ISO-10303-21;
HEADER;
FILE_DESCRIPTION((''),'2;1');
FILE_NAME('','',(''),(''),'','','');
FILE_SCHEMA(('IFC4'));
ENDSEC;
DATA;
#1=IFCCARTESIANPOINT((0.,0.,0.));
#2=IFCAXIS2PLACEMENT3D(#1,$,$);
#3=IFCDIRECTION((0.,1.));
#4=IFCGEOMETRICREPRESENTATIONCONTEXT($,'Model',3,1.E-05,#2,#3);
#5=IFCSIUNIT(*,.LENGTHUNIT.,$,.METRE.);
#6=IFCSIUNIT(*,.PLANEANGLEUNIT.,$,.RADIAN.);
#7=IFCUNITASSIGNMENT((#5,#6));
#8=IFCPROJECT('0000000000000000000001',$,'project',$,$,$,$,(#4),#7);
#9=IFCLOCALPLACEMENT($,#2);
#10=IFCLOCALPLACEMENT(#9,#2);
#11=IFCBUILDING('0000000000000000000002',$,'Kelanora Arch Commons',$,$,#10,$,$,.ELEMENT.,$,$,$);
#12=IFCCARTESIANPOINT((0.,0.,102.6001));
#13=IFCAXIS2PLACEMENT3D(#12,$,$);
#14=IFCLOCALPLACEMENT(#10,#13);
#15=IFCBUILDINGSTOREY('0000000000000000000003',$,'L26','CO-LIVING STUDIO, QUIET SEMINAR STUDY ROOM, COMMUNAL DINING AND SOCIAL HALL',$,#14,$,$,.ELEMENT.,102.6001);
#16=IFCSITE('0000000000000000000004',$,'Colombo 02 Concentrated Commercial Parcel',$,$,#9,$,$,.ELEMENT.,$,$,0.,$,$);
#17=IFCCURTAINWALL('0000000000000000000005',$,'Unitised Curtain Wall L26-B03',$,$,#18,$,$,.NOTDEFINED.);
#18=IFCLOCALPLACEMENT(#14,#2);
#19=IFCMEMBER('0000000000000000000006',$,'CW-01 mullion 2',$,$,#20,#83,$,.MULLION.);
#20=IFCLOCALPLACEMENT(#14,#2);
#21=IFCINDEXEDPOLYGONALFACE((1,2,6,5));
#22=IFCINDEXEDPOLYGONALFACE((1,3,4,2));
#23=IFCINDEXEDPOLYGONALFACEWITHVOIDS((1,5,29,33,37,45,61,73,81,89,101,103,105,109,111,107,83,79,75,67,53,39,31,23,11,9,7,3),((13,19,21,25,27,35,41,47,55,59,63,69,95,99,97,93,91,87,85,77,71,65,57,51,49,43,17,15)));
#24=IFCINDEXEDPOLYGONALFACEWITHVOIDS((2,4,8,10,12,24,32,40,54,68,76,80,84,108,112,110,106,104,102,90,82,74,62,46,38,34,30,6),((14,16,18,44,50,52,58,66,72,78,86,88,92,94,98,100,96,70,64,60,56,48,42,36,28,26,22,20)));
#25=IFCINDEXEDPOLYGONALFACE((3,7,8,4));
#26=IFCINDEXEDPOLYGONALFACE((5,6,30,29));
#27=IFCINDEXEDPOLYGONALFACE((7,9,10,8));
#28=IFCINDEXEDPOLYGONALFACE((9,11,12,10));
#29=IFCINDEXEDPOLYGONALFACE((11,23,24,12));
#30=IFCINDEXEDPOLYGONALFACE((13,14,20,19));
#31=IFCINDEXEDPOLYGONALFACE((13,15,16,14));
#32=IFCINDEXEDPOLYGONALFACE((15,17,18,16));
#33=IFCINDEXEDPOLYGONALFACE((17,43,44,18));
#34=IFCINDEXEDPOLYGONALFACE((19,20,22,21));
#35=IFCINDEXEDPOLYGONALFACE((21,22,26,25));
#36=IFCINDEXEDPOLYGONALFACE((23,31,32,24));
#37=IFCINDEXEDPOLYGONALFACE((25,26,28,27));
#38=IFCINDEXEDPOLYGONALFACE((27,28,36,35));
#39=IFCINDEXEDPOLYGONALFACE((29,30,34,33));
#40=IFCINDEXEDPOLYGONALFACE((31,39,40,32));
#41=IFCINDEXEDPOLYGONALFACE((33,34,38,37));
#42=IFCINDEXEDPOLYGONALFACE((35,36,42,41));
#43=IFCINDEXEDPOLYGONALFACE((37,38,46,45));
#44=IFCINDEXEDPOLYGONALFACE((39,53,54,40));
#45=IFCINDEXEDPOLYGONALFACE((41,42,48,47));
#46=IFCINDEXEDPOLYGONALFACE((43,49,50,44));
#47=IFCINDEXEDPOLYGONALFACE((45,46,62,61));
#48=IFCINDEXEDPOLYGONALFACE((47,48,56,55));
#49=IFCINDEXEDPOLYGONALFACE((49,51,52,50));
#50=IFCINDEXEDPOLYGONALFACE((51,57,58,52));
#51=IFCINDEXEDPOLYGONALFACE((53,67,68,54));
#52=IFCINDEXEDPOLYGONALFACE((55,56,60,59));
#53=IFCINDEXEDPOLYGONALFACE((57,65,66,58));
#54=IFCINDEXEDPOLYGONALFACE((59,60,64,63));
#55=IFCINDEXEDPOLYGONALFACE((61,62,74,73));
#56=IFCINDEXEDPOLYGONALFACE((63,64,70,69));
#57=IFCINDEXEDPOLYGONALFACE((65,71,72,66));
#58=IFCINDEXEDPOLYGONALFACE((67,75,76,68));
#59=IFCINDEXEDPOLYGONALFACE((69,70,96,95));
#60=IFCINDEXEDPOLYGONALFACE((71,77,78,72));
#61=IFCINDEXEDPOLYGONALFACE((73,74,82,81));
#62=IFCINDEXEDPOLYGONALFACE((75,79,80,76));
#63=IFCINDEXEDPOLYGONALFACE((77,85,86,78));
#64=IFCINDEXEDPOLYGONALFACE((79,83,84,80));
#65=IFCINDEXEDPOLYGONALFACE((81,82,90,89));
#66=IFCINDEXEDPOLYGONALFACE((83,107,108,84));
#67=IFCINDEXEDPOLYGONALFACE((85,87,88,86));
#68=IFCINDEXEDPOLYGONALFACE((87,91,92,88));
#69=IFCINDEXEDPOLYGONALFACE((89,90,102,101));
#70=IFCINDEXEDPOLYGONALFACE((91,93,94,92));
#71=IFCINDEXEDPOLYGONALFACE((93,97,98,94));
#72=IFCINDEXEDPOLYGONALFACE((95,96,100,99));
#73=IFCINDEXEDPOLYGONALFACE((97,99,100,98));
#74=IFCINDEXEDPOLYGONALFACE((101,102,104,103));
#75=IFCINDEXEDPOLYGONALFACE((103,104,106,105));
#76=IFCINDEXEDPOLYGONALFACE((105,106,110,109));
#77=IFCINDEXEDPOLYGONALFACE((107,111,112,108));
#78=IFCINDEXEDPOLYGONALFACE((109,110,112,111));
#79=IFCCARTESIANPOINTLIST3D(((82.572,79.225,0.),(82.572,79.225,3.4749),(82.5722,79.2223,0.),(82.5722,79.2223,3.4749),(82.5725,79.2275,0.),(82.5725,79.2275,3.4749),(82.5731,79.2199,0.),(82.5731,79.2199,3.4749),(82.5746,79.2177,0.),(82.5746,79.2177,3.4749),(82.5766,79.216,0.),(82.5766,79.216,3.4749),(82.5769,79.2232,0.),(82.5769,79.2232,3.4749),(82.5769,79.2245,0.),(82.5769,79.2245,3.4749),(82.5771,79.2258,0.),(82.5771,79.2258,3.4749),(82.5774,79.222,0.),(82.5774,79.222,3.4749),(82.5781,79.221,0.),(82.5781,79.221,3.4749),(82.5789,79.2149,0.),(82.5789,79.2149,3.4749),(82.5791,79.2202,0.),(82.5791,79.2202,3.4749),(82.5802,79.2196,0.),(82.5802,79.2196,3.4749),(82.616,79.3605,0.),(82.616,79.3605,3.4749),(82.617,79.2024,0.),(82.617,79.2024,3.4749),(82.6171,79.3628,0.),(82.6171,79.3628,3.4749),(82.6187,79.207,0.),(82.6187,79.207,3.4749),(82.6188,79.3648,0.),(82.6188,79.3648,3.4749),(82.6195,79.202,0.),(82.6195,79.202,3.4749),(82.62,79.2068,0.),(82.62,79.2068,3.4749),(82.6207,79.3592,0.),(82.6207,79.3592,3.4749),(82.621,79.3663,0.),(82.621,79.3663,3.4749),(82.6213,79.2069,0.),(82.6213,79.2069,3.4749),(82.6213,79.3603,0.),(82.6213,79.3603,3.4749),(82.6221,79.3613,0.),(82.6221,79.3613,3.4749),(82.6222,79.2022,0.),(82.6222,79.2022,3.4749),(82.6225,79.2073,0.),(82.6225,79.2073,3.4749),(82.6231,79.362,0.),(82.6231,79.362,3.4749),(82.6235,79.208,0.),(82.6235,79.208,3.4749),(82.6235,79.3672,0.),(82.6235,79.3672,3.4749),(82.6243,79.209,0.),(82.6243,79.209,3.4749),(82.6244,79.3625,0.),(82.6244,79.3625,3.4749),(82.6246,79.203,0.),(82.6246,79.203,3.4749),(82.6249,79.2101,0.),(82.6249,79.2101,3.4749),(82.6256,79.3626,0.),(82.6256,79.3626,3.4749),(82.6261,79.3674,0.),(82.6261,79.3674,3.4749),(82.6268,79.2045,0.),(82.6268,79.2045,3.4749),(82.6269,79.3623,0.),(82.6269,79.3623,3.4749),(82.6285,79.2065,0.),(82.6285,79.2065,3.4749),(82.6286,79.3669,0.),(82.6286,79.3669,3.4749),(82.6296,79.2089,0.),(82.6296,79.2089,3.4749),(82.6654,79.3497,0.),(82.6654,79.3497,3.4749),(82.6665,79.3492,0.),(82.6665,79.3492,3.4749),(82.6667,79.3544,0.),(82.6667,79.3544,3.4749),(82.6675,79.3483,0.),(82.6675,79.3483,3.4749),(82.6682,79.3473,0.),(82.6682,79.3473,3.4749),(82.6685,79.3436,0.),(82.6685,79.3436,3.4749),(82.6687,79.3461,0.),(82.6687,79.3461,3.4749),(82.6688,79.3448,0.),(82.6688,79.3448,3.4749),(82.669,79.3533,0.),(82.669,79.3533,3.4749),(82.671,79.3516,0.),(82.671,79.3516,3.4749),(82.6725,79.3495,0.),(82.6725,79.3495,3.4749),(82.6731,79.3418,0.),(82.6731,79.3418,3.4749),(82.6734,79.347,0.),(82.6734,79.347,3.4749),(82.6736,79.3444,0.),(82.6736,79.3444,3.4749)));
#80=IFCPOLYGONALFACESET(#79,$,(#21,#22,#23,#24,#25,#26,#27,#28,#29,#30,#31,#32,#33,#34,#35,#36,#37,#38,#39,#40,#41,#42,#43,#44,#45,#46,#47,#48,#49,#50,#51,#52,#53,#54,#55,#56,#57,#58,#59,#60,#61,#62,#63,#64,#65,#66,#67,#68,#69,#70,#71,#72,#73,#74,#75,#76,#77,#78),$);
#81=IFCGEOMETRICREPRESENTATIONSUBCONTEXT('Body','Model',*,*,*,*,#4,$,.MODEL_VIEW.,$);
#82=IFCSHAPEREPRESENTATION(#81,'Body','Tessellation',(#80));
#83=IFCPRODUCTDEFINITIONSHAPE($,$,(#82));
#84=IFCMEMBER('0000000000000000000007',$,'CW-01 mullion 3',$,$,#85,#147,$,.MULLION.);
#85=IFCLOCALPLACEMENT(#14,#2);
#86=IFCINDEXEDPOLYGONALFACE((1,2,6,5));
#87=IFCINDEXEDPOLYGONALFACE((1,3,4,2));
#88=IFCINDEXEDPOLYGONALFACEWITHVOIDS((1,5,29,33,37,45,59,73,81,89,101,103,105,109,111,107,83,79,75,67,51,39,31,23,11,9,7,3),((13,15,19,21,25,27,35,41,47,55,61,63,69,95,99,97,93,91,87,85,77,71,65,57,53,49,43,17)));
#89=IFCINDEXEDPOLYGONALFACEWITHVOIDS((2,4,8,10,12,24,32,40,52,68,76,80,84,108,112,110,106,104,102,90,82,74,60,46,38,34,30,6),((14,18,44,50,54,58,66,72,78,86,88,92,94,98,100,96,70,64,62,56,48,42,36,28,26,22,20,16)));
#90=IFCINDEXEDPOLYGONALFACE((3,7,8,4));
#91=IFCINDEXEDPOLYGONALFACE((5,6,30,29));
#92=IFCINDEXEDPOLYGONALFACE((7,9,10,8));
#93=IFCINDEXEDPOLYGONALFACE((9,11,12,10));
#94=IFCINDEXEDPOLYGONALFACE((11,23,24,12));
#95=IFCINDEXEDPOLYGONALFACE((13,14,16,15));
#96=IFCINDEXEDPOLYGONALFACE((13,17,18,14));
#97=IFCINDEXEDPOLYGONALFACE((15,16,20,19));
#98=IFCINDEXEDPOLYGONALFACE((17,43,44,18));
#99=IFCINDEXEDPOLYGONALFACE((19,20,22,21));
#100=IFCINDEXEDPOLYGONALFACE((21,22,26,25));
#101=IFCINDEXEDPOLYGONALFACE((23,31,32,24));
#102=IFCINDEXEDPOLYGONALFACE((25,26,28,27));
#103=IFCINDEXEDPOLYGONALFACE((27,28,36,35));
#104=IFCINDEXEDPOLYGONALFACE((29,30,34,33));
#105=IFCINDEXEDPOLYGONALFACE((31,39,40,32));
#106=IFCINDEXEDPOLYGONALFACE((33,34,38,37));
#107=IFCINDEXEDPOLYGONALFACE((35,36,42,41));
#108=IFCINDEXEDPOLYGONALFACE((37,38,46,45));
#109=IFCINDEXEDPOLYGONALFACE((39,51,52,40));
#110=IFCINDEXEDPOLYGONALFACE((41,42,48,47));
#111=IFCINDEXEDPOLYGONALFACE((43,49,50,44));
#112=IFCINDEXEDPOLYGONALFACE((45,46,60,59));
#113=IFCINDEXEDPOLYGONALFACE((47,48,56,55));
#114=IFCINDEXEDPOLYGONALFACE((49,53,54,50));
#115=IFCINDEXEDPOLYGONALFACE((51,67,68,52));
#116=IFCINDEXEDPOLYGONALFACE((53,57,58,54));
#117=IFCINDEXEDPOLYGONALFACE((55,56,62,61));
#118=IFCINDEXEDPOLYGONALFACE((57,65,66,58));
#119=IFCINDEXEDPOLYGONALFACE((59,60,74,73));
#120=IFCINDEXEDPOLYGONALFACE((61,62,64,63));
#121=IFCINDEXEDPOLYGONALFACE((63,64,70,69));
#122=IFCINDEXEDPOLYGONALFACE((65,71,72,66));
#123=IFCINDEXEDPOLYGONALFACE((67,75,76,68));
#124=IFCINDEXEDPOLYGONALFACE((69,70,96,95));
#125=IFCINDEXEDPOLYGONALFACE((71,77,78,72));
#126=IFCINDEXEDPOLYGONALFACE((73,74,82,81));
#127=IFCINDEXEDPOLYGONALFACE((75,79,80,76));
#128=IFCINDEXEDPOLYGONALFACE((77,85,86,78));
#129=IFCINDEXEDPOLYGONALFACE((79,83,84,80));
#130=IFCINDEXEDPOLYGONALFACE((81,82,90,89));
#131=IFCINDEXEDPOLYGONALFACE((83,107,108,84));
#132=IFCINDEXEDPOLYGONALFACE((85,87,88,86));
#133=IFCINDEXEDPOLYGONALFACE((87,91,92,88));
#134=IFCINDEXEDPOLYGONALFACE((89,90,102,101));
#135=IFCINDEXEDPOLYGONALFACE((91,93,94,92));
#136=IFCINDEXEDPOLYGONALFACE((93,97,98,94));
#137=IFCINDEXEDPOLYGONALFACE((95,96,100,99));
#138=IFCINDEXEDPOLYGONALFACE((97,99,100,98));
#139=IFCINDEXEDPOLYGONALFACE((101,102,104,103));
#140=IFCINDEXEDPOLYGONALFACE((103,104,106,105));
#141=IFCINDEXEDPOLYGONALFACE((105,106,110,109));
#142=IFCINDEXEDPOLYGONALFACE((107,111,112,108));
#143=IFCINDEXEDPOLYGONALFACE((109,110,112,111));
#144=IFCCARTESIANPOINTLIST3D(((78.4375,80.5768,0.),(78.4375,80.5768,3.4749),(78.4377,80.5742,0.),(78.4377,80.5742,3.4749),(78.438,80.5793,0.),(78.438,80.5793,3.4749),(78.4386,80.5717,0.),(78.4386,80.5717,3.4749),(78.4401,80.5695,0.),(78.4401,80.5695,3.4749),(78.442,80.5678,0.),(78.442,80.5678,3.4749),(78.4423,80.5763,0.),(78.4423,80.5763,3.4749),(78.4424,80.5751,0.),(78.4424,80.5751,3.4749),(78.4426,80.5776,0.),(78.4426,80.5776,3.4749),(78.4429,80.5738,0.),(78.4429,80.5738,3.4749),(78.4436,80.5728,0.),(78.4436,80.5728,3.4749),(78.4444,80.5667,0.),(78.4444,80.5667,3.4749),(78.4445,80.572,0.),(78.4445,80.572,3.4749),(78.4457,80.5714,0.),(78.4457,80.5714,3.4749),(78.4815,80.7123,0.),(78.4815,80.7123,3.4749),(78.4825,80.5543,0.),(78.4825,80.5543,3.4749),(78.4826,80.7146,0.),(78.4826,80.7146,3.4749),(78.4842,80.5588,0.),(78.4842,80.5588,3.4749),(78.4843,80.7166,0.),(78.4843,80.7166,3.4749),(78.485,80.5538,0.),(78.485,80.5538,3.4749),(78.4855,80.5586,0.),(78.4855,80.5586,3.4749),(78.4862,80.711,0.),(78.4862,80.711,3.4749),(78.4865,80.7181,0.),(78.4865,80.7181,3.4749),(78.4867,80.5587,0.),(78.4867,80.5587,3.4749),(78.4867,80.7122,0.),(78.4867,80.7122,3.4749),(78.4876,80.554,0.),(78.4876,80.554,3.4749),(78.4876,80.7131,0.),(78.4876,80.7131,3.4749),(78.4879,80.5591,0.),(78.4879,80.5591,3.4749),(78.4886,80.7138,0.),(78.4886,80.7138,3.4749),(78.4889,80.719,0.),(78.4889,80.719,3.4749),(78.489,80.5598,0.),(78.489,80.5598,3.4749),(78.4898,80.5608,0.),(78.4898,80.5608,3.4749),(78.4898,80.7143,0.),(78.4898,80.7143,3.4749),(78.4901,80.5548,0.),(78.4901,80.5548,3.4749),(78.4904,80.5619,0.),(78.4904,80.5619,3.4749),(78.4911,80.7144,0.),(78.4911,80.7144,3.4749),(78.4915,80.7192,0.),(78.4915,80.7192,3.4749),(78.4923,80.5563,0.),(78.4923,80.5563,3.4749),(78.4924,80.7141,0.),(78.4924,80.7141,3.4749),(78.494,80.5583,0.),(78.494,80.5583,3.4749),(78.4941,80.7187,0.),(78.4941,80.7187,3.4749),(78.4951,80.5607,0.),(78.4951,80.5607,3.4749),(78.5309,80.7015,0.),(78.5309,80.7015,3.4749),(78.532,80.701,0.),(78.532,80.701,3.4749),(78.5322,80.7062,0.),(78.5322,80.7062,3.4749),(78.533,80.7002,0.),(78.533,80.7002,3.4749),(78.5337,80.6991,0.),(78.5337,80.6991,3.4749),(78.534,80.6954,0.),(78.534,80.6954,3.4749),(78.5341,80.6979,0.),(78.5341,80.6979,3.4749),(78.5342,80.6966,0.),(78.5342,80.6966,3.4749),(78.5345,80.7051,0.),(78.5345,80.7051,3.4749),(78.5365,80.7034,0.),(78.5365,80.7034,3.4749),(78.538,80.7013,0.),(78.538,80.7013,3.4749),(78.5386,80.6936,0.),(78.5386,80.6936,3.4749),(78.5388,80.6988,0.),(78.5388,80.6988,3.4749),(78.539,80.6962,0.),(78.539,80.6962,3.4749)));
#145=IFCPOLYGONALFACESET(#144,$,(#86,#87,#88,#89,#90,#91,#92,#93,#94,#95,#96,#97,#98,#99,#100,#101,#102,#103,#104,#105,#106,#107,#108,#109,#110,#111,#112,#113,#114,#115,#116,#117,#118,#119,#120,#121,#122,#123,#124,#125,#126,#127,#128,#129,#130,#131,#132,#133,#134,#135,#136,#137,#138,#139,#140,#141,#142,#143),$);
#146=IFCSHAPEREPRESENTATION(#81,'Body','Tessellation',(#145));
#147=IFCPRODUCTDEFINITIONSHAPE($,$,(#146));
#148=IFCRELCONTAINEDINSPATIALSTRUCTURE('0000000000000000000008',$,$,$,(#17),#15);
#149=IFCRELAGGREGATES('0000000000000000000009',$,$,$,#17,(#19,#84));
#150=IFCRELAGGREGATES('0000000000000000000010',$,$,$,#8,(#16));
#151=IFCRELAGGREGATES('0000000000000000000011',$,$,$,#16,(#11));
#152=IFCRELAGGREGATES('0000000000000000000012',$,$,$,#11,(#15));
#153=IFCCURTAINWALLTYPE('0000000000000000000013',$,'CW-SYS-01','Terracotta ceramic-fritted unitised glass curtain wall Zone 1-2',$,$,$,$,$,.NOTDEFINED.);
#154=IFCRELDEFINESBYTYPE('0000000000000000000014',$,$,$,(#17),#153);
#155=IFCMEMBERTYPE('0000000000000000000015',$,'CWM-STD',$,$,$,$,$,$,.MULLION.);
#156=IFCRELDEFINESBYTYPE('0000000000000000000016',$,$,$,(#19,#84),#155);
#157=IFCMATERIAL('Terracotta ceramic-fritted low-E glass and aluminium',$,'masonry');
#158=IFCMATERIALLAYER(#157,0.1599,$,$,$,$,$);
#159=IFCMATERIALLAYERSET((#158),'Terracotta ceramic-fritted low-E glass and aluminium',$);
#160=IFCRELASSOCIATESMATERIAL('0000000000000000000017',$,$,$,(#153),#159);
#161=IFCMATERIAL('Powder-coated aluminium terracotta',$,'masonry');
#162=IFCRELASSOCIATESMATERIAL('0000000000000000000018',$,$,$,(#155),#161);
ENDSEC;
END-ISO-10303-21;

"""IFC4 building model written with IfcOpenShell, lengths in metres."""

from ifc_helpers import new_model, si_unit, direction, frame, origin, origin_2d, place, context, subcontext, project, spatial, hollow_rectangle, extrude, material, layer, layer_set, material_profile, profile_set, type_object, element, aggregate, save


model = new_model("IFC4")

# Units and contexts
model_context = context("Model", 3, precision=1e-05, world=origin(), true_north=direction((0.0, 1.0)))
body_context = subcontext(model_context, "Body", "Model", "MODEL_VIEW")
ifc_project = project(units=[si_unit("LENGTHUNIT", "METRE"), si_unit("PLANEANGLEUNIT", "RADIAN")], contexts=[model_context])

# Site, building, storey
site_placement = place(None, origin())
site = spatial("IfcSite", under=ifc_project, at=site_placement, Name="Colombo 02 Concentrated Commercial Parcel", CompositionType="ELEMENT", RefElevation=0.0)
building_placement = place(site_placement, origin())
building = spatial("IfcBuilding", under=site, at=building_placement, Name="Kelanora Arch Commons", CompositionType="ELEMENT")
storey_placement = place(building_placement, frame((0.0, 0.0, 102.6001)))
storey = spatial("IfcBuildingStorey", under=building, at=storey_placement, Name="L26", Description="CO-LIVING STUDIO, QUIET SEMINAR STUDY ROOM, COMMUNAL DINING AND SOCIAL HALL", CompositionType="ELEMENT", Elevation=102.6001)

# Curtain wall, members
ifc_material_1 = material(Name="Terracotta ceramic-fritted low-E glass and aluminium", Category="masonry")
ifc_layer_1 = layer(ifc_material_1, 0.1599)
ifc_layer_set_1 = layer_set([ifc_layer_1], Name="Terracotta ceramic-fritted low-E glass and aluminium")
curtain_wall_type = type_object("IfcCurtainWallType", Name="CW-SYS-01", Description="Terracotta ceramic-fritted unitised glass curtain wall Zone 1-2", PredefinedType="NOTDEFINED", material=ifc_layer_set_1)
curtain_wall_placement = place(storey_placement, origin())
curtain_wall = element("IfcCurtainWall", 1, at=curtain_wall_placement, inside=storey, type_object=curtain_wall_type, Name="Unitised Curtain Wall L26-B03", PredefinedType="NOTDEFINED")
ifc_material_2 = material(Name="Powder-coated aluminium terracotta", Category="masonry")
ifc_material_profile_1 = material_profile(ifc_material_2, hollow_rectangle(XDim=0.1599, YDim=0.0601, WallThickness=0.0049, InnerFilletRadius=0.0049, OuterFilletRadius=0.01, at=origin_2d()), Name="CWM160x60")
ifc_profile_set_1 = profile_set([ifc_material_profile_1], Name="Powder-coated aluminium terracotta")
member_type_1 = type_object("IfcMemberType", Name="CWM-STD", PredefinedType="MULLION", material=ifc_profile_set_1)
member_1_placement = place(storey_placement, frame((82.6228, 79.2847, 0.0), z_axis=(0.0, 0.0, 1.0), x_axis=(-0.310805, -0.950474, 0.0)))
member_1 = element("IfcMember", 2, at=member_1_placement, type_object=member_type_1, Name="CW-01 mullion 2", PredefinedType="MULLION", context=body_context, shape_type="SweptSolid", body=[
    extrude(hollow_rectangle(XDim=0.1599, YDim=0.0601, WallThickness=0.0049, InnerFilletRadius=0.0049, OuterFilletRadius=0.01, at=origin_2d()), origin(), (0.0, 0.0, 1.0), 3.4749),
])
member_2_placement = place(storey_placement, frame((78.4883, 80.6365, 0.0), z_axis=(0.0, 0.0, 1.0), x_axis=(-0.310805, -0.950474, 0.0)))
member_2 = element("IfcMember", 3, at=member_2_placement, type_object=member_type_1, Name="CW-01 mullion 3", PredefinedType="MULLION", context=body_context, shape_type="SweptSolid", body=[
    extrude(hollow_rectangle(XDim=0.1599, YDim=0.0601, WallThickness=0.0049, InnerFilletRadius=0.0049, OuterFilletRadius=0.01, at=origin_2d()), origin(), (0.0, 0.0, 1.0), 3.4749),
])
aggregate(curtain_wall, [member_1, member_2])

save(model, "model.ifc")
